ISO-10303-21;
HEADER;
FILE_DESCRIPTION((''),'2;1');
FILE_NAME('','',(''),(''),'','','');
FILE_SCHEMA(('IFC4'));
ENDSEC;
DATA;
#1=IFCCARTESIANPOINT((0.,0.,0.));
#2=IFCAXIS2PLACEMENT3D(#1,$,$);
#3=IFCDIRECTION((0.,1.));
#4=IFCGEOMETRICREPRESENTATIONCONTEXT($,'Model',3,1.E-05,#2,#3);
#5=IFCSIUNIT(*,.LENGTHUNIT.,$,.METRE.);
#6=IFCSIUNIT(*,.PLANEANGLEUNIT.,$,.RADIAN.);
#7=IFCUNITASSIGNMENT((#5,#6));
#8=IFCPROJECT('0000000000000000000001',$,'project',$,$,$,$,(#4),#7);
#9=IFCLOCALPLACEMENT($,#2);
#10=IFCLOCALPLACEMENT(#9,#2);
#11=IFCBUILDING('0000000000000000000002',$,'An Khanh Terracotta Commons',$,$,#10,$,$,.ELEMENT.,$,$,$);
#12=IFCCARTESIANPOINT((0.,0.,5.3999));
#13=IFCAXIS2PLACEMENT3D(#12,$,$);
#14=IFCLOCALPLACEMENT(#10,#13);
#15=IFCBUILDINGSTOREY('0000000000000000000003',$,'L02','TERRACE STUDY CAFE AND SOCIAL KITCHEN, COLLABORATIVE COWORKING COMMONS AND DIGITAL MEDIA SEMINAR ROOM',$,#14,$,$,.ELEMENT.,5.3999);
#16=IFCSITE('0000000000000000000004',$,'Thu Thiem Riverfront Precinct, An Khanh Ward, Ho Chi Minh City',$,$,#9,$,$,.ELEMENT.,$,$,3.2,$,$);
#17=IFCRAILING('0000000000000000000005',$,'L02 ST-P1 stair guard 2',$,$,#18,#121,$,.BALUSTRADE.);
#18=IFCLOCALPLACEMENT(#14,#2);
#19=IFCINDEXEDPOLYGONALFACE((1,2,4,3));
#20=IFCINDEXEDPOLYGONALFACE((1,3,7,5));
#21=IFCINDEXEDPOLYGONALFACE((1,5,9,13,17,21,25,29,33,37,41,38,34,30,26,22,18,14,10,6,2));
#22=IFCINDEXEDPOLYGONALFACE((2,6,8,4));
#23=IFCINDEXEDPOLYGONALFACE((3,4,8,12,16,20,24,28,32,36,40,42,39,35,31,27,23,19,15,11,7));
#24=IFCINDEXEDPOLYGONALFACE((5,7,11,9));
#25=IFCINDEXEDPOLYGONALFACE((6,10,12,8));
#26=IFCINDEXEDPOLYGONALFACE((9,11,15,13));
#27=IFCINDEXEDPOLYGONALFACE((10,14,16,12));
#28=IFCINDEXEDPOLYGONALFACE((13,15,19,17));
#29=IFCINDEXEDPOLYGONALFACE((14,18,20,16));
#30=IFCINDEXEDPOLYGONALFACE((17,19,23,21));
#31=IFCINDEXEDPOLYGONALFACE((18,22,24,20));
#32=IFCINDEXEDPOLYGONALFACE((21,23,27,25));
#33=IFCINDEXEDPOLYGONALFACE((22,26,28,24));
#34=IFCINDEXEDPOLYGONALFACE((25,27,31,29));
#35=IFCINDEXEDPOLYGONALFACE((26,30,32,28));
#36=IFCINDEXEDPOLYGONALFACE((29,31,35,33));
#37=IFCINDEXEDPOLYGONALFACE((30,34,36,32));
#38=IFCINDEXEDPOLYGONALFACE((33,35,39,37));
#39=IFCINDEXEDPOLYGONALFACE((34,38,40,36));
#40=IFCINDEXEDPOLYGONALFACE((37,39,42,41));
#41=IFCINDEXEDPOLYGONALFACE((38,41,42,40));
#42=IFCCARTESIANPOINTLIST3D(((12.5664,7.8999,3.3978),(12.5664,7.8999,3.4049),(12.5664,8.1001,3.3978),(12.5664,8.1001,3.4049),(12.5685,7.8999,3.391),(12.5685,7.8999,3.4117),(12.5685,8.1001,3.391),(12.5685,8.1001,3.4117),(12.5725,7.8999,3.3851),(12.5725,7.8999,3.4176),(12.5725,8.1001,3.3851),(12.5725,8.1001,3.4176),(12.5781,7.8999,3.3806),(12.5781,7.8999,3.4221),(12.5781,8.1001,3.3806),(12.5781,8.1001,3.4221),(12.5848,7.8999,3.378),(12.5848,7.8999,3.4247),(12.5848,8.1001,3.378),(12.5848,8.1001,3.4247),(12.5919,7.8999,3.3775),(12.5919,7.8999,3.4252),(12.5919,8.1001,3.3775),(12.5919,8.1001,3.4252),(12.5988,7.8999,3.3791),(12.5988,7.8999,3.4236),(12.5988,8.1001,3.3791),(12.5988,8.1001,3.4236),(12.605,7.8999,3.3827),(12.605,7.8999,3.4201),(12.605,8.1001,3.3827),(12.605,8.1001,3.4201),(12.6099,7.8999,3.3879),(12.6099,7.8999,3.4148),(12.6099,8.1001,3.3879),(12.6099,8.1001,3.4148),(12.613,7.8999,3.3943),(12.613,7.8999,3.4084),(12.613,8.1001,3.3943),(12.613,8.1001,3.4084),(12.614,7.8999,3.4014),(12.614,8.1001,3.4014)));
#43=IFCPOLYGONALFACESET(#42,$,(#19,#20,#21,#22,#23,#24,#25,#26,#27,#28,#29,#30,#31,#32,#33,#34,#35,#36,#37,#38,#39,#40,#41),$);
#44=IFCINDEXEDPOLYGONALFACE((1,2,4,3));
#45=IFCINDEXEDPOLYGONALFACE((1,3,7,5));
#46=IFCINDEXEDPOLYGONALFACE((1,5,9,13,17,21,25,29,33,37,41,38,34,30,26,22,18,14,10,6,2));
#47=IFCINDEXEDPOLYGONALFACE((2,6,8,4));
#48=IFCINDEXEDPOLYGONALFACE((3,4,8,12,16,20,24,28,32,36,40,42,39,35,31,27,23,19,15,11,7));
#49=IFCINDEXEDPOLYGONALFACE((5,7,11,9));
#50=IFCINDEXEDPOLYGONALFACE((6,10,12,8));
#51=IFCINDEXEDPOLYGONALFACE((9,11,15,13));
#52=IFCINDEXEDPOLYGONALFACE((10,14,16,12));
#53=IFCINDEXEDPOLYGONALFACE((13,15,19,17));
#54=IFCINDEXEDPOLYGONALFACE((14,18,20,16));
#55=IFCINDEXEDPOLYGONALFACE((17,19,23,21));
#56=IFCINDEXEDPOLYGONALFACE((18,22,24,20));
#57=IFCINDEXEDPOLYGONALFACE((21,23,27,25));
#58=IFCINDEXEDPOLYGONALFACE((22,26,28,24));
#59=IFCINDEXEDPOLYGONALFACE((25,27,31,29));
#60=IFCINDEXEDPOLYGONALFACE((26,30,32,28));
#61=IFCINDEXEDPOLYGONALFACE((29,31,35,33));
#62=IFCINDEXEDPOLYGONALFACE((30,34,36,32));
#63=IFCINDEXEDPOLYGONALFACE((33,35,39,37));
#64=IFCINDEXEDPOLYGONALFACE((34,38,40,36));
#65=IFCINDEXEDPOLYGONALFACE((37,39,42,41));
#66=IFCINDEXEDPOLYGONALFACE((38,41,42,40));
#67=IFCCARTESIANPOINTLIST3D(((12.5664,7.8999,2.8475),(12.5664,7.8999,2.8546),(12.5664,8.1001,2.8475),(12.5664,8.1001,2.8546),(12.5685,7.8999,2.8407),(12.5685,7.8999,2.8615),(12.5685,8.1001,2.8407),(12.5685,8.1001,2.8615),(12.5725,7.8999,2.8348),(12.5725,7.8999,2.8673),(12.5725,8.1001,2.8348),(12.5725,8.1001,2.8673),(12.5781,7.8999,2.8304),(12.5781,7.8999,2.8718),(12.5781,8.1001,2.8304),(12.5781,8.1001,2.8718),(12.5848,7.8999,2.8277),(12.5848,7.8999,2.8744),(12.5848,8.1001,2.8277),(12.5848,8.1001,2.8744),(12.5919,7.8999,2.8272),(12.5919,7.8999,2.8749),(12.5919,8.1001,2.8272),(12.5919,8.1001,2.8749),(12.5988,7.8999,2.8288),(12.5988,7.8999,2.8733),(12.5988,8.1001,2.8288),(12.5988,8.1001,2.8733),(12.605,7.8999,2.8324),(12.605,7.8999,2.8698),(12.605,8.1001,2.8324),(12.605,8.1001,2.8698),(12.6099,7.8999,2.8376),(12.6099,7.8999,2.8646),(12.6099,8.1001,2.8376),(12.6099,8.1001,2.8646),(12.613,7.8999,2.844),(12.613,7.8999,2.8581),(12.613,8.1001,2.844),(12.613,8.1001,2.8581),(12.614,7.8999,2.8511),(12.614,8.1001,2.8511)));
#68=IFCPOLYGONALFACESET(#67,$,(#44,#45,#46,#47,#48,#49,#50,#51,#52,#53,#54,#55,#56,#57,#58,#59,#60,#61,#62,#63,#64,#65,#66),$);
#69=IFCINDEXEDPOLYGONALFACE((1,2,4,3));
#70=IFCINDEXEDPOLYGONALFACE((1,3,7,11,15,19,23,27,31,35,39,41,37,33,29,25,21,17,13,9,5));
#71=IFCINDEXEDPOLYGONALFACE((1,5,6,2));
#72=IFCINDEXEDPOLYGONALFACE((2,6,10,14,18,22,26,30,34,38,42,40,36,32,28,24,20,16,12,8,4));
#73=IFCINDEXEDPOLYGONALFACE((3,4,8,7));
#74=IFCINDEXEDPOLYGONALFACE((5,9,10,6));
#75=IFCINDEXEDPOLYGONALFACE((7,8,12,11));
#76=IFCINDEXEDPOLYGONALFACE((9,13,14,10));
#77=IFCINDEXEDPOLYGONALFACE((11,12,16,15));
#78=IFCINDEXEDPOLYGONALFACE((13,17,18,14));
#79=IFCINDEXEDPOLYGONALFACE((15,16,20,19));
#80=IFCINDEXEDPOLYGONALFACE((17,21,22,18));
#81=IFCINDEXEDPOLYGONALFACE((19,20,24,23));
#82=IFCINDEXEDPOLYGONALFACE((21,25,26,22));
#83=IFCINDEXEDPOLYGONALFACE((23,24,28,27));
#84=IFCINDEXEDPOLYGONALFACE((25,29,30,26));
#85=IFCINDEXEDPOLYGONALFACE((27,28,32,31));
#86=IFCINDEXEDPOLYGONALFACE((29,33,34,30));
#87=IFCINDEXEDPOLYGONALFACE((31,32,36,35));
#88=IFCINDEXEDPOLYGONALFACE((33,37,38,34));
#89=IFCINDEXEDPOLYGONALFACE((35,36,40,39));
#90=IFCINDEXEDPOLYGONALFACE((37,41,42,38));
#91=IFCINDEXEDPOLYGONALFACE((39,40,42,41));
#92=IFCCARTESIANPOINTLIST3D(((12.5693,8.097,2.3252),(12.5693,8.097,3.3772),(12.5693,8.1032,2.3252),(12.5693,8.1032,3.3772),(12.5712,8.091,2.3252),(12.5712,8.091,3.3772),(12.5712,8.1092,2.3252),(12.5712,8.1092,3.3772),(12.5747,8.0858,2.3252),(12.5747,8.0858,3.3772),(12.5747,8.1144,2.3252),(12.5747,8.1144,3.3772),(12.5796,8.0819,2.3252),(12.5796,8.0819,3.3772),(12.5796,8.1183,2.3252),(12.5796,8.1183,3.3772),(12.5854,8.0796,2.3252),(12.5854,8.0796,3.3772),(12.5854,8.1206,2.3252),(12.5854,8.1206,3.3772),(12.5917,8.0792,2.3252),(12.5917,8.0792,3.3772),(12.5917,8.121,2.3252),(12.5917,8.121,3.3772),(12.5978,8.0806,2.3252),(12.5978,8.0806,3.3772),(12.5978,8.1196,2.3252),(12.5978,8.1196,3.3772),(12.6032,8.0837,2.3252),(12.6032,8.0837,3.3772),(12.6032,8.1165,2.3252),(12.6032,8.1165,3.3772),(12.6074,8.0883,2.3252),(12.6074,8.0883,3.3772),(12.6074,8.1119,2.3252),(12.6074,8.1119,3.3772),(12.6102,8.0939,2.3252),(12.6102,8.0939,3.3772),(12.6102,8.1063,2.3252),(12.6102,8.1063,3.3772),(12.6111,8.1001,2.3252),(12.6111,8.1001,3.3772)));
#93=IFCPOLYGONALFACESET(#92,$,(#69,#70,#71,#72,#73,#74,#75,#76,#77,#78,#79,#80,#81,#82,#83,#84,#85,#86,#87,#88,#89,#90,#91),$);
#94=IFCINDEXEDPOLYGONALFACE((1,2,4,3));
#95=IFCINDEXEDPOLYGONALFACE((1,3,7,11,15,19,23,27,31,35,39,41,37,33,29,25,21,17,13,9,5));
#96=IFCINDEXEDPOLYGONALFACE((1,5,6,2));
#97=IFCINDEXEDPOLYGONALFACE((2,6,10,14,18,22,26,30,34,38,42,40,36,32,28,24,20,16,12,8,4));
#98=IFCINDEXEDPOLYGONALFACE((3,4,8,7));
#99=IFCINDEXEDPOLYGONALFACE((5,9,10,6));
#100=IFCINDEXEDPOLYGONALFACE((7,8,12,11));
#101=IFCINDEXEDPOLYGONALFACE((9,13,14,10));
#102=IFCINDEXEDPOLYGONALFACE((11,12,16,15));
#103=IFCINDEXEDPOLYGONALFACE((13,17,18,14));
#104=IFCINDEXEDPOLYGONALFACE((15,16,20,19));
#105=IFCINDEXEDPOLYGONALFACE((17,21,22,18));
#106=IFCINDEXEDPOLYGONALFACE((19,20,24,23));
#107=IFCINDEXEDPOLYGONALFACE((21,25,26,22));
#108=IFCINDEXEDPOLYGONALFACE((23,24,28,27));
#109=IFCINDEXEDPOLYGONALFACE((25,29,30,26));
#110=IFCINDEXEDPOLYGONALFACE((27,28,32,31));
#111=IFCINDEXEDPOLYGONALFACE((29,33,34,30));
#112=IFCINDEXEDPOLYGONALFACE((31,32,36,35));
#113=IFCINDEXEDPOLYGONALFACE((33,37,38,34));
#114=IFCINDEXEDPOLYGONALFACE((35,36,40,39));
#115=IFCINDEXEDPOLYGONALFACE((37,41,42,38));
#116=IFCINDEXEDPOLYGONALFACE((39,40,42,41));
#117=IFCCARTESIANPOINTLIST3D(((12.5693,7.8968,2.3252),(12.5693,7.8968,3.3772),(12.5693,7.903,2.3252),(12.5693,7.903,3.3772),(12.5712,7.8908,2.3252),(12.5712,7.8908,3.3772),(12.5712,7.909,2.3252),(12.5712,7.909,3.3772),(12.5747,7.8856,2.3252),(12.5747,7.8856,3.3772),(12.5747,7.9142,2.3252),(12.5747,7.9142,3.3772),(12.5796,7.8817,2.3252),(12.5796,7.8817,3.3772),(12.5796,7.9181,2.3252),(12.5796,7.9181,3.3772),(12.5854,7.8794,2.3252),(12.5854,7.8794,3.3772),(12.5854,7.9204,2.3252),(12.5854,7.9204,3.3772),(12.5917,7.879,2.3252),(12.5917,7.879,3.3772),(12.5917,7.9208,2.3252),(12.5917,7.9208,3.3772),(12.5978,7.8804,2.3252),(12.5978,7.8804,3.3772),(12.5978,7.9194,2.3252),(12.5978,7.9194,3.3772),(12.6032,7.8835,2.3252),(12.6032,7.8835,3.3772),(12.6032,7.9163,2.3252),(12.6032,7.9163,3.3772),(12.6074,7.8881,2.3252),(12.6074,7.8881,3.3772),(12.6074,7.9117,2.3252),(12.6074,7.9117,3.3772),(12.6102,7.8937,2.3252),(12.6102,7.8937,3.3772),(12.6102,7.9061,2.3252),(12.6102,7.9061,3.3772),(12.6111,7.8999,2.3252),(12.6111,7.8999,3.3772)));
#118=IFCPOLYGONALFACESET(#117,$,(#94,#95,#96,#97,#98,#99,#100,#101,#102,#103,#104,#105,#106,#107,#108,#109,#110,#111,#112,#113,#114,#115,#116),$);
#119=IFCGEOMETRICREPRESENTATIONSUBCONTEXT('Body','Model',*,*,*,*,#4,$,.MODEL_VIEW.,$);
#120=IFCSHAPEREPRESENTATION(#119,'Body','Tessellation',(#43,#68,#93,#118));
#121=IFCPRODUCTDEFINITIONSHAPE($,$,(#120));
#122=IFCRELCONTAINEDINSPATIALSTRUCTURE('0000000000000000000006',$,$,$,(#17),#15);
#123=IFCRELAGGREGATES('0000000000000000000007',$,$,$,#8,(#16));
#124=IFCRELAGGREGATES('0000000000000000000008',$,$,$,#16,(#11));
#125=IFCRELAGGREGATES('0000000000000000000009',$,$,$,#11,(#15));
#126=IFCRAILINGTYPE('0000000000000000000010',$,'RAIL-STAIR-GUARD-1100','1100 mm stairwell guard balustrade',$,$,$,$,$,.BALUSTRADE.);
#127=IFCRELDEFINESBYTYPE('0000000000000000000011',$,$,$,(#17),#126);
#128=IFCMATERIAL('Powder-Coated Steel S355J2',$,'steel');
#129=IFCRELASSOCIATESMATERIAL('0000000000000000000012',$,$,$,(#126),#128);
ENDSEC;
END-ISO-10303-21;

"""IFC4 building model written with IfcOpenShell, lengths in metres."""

from ifc_helpers import new_model, si_unit, direction, frame, origin, origin_2d, place, context, subcontext, project, spatial, circle, extrude, material, type_object, element, save


model = new_model("IFC4")

# Units and contexts
model_context = context("Model", 3, precision=1e-05, world=origin(), true_north=direction((0.0, 1.0)))
body_context = subcontext(model_context, "Body", "Model", "MODEL_VIEW")
ifc_project = project(units=[si_unit("LENGTHUNIT", "METRE"), si_unit("PLANEANGLEUNIT", "RADIAN")], contexts=[model_context])

# Site, building, storey
site_placement = place(None, origin())
site = spatial("IfcSite", under=ifc_project, at=site_placement, Name="Thu Thiem Riverfront Precinct, An Khanh Ward, Ho Chi Minh City", CompositionType="ELEMENT", RefElevation=3.2)
building_placement = place(site_placement, origin())
building = spatial("IfcBuilding", under=site, at=building_placement, Name="An Khanh Terracotta Commons", CompositionType="ELEMENT")
storey_placement = place(building_placement, frame((0.0, 0.0, 5.3999)))
storey = spatial("IfcBuildingStorey", under=building, at=storey_placement, Name="L02", Description="TERRACE STUDY CAFE AND SOCIAL KITCHEN, COLLABORATIVE COWORKING COMMONS AND DIGITAL MEDIA SEMINAR ROOM", CompositionType="ELEMENT", Elevation=5.3999)

# Railing
ifc_material_1 = material(Name="Powder-Coated Steel S355J2", Category="steel")
railing_type_1 = type_object("IfcRailingType", Name="RAIL-STAIR-GUARD-1100", Description="1100 mm stairwell guard balustrade", PredefinedType="BALUSTRADE", material=ifc_material_1)
railing_1_placement = place(storey_placement, frame((12.5901, 8.1001, 2.3252)))
element("IfcRailing", 1, at=railing_1_placement, inside=storey, type_object=railing_type_1, Name="L02 ST-P1 stair guard 2", PredefinedType="BALUSTRADE", context=body_context, shape_type="SweptSolid", body=[
    extrude(circle(Radius=0.0239, at=origin_2d()), frame((0.0, 0.0, 1.0762), z_axis=(0.0, -1.0, 0.0), x_axis=(1.0, 0.0, 0.0)), (0.0, 0.0, 1.0), 0.2002),
    extrude(circle(Radius=0.0239, at=origin_2d()), frame((0.0, 0.0, 0.5259), z_axis=(0.0, -1.0, 0.0), x_axis=(1.0, 0.0, 0.0)), (0.0, 0.0, 1.0), 0.2002),
    extrude(circle(Radius=0.021, at=origin_2d()), origin(), (0.0, 0.0, 1.0), 1.052),
    extrude(circle(Radius=0.021, at=origin_2d()), frame((0.0, -0.2002, 0.0)), (0.0, 0.0, 1.0), 1.052),
])

save(model, "model.ifc")
